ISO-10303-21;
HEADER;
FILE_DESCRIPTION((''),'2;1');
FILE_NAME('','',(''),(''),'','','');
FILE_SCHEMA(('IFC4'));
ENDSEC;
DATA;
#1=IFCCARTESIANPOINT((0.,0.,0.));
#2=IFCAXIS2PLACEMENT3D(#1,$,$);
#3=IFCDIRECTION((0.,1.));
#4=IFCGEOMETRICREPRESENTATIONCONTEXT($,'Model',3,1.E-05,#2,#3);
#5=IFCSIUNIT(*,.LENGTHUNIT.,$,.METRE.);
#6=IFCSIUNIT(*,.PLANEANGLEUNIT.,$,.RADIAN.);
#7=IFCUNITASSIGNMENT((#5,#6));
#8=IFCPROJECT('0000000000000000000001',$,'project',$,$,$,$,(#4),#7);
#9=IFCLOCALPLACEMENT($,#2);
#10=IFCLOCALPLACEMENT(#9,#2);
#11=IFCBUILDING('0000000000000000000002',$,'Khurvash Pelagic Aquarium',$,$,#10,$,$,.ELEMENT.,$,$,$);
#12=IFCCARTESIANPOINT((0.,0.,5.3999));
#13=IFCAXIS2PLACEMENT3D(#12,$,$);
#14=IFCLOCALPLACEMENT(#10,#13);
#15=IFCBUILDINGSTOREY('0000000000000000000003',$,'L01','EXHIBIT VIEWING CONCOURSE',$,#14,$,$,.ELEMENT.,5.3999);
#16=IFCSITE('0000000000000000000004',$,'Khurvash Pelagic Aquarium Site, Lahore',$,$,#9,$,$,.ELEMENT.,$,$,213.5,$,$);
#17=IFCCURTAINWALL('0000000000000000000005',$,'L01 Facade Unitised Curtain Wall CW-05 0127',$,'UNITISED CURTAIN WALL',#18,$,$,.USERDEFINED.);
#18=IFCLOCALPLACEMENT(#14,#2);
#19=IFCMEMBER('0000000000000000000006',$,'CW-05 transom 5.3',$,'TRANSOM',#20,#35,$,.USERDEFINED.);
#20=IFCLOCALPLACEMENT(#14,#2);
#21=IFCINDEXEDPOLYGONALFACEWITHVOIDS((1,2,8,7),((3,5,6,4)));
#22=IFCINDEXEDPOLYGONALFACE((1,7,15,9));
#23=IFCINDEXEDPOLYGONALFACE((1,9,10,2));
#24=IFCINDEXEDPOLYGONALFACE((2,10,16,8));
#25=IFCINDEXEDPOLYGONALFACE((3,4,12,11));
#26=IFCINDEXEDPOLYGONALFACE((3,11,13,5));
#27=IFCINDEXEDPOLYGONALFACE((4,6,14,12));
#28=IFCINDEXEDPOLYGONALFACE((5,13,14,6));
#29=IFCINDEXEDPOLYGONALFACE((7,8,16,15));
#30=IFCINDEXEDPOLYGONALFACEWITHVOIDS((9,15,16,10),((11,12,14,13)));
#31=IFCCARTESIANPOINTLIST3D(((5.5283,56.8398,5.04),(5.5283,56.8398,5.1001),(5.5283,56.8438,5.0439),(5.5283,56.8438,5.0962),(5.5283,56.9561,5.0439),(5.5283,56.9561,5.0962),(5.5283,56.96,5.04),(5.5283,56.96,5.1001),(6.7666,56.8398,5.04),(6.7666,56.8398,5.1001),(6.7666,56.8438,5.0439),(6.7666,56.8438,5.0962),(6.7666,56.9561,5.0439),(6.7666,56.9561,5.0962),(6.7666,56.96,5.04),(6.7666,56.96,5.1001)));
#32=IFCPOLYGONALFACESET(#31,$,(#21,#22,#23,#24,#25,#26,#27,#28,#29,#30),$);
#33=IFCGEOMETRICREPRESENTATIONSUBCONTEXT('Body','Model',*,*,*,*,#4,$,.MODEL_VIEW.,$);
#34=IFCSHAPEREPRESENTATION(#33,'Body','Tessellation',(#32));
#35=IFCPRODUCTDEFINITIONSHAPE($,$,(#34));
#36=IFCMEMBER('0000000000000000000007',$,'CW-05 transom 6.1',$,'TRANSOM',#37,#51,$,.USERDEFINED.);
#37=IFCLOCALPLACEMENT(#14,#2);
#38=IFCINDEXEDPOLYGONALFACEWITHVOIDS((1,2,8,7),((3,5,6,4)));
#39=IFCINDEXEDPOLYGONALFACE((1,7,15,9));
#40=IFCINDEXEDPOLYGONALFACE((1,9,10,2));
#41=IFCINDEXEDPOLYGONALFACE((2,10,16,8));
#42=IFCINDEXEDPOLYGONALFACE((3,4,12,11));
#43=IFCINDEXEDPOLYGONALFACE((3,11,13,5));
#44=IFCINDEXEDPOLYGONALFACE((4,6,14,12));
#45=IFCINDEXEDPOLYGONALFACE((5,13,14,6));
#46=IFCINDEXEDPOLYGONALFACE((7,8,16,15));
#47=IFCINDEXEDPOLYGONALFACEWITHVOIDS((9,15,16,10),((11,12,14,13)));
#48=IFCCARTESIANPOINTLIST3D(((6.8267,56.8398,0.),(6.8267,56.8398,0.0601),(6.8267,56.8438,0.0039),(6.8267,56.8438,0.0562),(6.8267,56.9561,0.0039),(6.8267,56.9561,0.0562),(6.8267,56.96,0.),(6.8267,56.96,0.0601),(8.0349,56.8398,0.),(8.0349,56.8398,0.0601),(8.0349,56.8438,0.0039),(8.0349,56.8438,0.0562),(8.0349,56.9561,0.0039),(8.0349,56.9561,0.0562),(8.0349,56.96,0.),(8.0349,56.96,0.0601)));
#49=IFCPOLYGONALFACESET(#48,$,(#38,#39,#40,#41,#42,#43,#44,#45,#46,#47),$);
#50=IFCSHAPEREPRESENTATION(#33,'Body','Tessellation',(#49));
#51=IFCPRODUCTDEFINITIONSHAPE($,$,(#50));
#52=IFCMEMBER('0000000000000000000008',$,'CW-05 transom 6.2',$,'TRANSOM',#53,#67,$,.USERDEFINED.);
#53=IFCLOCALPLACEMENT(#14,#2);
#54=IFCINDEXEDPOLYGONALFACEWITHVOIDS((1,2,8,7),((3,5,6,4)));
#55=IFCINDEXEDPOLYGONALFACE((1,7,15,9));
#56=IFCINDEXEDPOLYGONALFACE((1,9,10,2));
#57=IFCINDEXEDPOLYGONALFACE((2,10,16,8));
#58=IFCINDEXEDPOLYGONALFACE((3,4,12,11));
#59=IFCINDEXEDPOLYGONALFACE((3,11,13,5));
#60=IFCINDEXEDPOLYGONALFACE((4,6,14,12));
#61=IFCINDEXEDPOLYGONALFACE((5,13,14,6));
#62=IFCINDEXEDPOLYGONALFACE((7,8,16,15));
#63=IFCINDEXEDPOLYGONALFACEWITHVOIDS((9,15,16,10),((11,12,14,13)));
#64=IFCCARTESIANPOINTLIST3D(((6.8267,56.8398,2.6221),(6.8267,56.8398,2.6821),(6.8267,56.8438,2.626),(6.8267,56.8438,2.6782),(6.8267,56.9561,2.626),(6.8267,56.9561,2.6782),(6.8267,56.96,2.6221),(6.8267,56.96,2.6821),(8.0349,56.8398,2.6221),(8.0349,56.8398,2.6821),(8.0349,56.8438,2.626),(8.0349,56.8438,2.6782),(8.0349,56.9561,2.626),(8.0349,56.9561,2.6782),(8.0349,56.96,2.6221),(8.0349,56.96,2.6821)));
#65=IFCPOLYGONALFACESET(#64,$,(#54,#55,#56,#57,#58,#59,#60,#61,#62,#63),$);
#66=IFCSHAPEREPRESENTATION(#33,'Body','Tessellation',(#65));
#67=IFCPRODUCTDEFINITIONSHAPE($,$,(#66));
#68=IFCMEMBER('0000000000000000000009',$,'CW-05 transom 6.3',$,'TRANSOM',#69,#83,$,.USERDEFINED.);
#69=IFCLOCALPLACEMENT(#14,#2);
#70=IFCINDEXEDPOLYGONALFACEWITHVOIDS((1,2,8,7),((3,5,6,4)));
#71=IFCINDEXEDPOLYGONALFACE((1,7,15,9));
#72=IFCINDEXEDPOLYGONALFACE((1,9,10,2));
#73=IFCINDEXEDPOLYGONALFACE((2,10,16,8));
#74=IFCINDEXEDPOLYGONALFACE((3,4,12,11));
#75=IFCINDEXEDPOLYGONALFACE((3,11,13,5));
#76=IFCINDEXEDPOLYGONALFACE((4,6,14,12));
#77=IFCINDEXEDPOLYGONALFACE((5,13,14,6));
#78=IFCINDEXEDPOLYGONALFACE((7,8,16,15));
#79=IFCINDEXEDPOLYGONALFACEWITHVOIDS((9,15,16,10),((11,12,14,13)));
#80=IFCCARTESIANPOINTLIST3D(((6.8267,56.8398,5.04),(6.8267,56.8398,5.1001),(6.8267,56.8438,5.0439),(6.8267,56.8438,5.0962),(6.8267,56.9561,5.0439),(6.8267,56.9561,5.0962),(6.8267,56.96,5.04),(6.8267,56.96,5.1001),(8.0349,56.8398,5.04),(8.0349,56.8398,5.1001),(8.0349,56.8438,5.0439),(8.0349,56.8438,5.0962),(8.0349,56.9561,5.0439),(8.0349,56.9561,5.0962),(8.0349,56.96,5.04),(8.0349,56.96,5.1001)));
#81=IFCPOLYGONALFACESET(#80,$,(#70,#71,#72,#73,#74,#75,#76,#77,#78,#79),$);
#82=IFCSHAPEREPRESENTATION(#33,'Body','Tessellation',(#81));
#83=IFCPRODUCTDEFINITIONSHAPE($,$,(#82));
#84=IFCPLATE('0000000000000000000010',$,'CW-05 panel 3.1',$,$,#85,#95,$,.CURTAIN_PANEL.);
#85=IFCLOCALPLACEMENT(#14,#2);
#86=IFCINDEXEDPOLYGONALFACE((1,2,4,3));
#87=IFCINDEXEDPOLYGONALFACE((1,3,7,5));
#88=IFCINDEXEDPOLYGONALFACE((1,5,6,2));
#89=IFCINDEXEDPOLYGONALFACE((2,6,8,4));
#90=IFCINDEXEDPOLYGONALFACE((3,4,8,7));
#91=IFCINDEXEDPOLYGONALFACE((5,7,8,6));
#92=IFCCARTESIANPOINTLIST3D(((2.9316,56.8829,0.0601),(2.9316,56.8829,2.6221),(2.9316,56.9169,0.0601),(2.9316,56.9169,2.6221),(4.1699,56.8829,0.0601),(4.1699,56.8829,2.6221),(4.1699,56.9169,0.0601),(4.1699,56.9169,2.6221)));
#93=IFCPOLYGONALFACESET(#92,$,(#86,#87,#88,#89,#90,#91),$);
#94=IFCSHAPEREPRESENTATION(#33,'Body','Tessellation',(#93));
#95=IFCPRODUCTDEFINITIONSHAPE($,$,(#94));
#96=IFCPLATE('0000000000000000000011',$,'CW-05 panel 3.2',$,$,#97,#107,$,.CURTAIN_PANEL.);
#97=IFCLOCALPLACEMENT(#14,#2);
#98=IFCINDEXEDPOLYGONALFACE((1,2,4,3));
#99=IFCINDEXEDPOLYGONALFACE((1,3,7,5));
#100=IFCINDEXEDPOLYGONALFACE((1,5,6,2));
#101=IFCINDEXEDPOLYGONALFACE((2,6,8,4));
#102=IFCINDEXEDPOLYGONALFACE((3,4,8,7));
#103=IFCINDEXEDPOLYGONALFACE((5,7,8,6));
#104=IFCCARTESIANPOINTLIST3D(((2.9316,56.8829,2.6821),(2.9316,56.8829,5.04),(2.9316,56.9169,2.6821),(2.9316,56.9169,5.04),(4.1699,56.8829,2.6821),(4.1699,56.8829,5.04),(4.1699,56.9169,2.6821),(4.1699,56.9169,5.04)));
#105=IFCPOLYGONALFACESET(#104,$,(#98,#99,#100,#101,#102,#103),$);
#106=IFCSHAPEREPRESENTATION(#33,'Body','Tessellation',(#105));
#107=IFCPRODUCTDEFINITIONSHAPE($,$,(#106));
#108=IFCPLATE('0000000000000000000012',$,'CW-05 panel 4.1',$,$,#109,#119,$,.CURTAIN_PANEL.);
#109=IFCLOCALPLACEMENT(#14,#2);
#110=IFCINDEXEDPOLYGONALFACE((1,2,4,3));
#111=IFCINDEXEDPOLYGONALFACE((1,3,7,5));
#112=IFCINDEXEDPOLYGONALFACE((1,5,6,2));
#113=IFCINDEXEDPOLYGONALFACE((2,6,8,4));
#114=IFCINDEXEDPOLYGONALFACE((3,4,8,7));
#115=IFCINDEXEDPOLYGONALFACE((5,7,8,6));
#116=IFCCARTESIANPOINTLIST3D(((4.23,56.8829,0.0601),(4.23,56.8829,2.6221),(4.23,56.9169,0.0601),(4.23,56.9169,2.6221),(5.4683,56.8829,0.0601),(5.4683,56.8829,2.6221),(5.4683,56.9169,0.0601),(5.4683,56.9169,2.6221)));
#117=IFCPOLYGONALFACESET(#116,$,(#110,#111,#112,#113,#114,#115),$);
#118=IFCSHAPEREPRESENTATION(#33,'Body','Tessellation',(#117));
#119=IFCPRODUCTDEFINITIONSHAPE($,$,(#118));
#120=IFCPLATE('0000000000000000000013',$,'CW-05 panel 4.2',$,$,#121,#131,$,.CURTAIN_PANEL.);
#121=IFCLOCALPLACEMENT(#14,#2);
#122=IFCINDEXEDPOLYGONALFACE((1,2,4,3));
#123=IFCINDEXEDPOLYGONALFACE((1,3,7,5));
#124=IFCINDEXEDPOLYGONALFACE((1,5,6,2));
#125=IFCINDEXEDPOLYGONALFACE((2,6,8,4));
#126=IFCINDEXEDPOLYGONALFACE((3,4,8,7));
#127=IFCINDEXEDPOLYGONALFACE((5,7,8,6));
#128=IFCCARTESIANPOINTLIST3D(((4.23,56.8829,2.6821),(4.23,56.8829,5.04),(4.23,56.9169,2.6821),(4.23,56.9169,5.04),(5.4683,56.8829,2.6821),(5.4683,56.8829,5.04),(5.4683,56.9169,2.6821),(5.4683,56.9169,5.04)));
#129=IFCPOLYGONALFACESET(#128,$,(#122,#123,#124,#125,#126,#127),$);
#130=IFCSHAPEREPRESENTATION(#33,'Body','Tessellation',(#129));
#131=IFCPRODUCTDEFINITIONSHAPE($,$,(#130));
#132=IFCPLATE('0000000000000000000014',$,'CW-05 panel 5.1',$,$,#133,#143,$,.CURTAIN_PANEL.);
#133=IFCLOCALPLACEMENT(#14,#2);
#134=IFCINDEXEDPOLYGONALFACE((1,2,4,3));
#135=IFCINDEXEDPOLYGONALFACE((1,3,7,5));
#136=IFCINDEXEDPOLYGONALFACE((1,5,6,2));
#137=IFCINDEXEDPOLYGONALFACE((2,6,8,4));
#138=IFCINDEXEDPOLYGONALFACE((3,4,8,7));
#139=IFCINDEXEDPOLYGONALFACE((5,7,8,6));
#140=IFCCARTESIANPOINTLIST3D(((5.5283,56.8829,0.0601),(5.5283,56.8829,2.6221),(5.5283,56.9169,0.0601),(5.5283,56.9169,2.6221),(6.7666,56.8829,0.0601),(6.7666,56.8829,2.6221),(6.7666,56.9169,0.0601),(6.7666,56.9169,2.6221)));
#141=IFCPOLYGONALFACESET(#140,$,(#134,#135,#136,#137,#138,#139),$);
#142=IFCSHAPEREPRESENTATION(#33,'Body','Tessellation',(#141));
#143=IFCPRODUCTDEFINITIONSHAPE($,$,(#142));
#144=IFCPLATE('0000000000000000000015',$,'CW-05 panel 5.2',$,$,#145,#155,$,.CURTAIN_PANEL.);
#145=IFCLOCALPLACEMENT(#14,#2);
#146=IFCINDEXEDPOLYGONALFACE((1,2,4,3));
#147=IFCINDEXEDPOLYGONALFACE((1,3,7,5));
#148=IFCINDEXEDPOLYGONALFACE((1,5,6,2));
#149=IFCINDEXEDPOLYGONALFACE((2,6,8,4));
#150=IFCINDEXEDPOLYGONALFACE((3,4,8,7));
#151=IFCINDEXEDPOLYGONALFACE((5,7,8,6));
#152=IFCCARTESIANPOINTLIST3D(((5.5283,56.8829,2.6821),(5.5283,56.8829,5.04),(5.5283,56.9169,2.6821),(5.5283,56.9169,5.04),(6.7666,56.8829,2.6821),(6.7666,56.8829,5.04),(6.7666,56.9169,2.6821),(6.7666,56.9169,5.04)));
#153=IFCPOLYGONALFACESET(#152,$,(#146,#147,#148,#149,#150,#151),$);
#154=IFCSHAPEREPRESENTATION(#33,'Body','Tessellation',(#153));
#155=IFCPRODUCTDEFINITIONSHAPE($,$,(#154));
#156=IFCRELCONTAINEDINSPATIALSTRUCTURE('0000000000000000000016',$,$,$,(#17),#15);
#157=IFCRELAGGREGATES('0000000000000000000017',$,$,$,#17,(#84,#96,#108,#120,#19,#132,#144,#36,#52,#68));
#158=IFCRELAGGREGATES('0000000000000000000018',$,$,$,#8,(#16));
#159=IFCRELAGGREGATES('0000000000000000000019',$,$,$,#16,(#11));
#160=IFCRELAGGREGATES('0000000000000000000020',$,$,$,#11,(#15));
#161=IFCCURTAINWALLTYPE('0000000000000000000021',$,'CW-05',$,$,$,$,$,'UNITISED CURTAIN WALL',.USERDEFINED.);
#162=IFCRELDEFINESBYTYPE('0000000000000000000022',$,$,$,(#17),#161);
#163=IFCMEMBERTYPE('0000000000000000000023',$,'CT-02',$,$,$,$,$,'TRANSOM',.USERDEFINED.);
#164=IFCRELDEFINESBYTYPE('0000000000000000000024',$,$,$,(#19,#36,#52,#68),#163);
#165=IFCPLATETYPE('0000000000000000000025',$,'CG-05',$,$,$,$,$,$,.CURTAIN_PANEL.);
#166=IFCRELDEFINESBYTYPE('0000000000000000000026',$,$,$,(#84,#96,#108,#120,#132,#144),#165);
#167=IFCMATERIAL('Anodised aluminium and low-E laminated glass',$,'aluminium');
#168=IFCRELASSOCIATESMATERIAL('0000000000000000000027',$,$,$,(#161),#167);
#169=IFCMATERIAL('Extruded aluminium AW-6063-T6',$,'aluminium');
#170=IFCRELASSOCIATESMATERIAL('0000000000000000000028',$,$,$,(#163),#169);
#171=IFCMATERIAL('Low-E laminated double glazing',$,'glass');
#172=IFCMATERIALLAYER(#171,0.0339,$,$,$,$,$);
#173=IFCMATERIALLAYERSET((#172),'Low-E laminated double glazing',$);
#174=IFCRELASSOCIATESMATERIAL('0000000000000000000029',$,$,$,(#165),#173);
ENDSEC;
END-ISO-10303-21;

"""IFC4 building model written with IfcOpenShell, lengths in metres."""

from ifc_helpers import new_model, si_unit, direction, frame, origin, origin_2d, place, context, subcontext, project, spatial, rectangle, hollow_rectangle, extrude, material, layer, layer_set, material_profile, profile_set, type_object, element, aggregate, save


model = new_model("IFC4")

# Units and contexts
model_context = context("Model", 3, precision=1e-05, world=origin(), true_north=direction((0.0, 1.0)))
body_context = subcontext(model_context, "Body", "Model", "MODEL_VIEW")
ifc_project = project(units=[si_unit("LENGTHUNIT", "METRE"), si_unit("PLANEANGLEUNIT", "RADIAN")], contexts=[model_context])

# Site, building, storey
site_placement = place(None, origin())
site = spatial("IfcSite", under=ifc_project, at=site_placement, Name="Khurvash Pelagic Aquarium Site, Lahore", CompositionType="ELEMENT", RefElevation=213.5)
building_placement = place(site_placement, origin())
building = spatial("IfcBuilding", under=site, at=building_placement, Name="Khurvash Pelagic Aquarium", CompositionType="ELEMENT")
storey_placement = place(building_placement, frame((0.0, 0.0, 5.3999)))
storey = spatial("IfcBuildingStorey", under=building, at=storey_placement, Name="L01", Description="EXHIBIT VIEWING CONCOURSE", CompositionType="ELEMENT", Elevation=5.3999)

# Curtain wall, members, plates
ifc_material_1 = material(Name="Anodised aluminium and low-E laminated glass", Category="aluminium")
curtain_wall_type = type_object("IfcCurtainWallType", Name="CW-05", ElementType="UNITISED CURTAIN WALL", PredefinedType="USERDEFINED", material=ifc_material_1)
curtain_wall_placement = place(storey_placement, origin())
curtain_wall = element("IfcCurtainWall", 1, at=curtain_wall_placement, inside=storey, type_object=curtain_wall_type, Name="L01 Facade Unitised Curtain Wall CW-05 0127", ObjectType="UNITISED CURTAIN WALL", PredefinedType="USERDEFINED")
ifc_material_2 = material(Name="Extruded aluminium AW-6063-T6", Category="aluminium")
ifc_material_profile_1 = material_profile(ifc_material_2, hollow_rectangle(XDim=0.1201, YDim=0.0601, WallThickness=0.0039, at=origin_2d()), Name="CWT120X60X4")
ifc_profile_set_1 = profile_set([ifc_material_profile_1], Name="Extruded aluminium AW-6063-T6")
member_type_1 = type_object("IfcMemberType", Name="CT-02", ElementType="TRANSOM", PredefinedType="USERDEFINED", material=ifc_profile_set_1)
member_1_placement = place(storey_placement, frame((5.5283, 56.8999, 5.0701), z_axis=(1.0, 0.0, 0.0), x_axis=(0.0, 1.0, 0.0)))
member_1 = element("IfcMember", 2, at=member_1_placement, type_object=member_type_1, Name="CW-05 transom 5.3", ObjectType="TRANSOM", PredefinedType="USERDEFINED", context=body_context, shape_type="SweptSolid", body=[
    extrude(hollow_rectangle(XDim=0.1201, YDim=0.0601, WallThickness=0.0039, at=origin_2d()), origin(), (0.0, 0.0, 1.0), 1.2383),
])
member_2_placement = place(storey_placement, frame((6.8267, 56.8999, 0.03), z_axis=(1.0, 0.0, 0.0), x_axis=(0.0, 1.0, 0.0)))
member_2 = element("IfcMember", 3, at=member_2_placement, type_object=member_type_1, Name="CW-05 transom 6.1", ObjectType="TRANSOM", PredefinedType="USERDEFINED", context=body_context, shape_type="SweptSolid", body=[
    extrude(hollow_rectangle(XDim=0.1201, YDim=0.0601, WallThickness=0.0039, at=origin_2d()), origin(), (0.0, 0.0, 1.0), 1.2083),
])
member_3_placement = place(storey_placement, frame((6.8267, 56.8999, 2.6521), z_axis=(1.0, 0.0, 0.0), x_axis=(0.0, 1.0, 0.0)))
member_3 = element("IfcMember", 4, at=member_3_placement, type_object=member_type_1, Name="CW-05 transom 6.2", ObjectType="TRANSOM", PredefinedType="USERDEFINED", context=body_context, shape_type="SweptSolid", body=[
    extrude(hollow_rectangle(XDim=0.1201, YDim=0.0601, WallThickness=0.0039, at=origin_2d()), origin(), (0.0, 0.0, 1.0), 1.2083),
])
member_4_placement = place(storey_placement, frame((6.8267, 56.8999, 5.0701), z_axis=(1.0, 0.0, 0.0), x_axis=(0.0, 1.0, 0.0)))
member_4 = element("IfcMember", 5, at=member_4_placement, type_object=member_type_1, Name="CW-05 transom 6.3", ObjectType="TRANSOM", PredefinedType="USERDEFINED", context=body_context, shape_type="SweptSolid", body=[
    extrude(hollow_rectangle(XDim=0.1201, YDim=0.0601, WallThickness=0.0039, at=origin_2d()), origin(), (0.0, 0.0, 1.0), 1.2083),
])
ifc_material_3 = material(Name="Low-E laminated double glazing", Category="glass")
ifc_layer = layer(ifc_material_3, 0.0339)
ifc_layer_set = layer_set([ifc_layer], Name="Low-E laminated double glazing")
plate_type = type_object("IfcPlateType", Name="CG-05", PredefinedType="CURTAIN_PANEL", material=ifc_layer_set)
plate_1_placement = place(storey_placement, frame((3.5508, 56.8999, 0.0601), z_axis=(0.0, 0.0, 1.0), x_axis=(1.0, 0.0, 0.0)))
plate_1 = element("IfcPlate", 6, at=plate_1_placement, type_object=plate_type, Name="CW-05 panel 3.1", PredefinedType="CURTAIN_PANEL", context=body_context, shape_type="SweptSolid", body=[
    extrude(rectangle(XDim=1.2383, YDim=0.0339, at=origin_2d()), origin(), (0.0, 0.0, 1.0), 2.562),
])
plate_2_placement = place(storey_placement, frame((3.5508, 56.8999, 2.6821), z_axis=(0.0, 0.0, 1.0), x_axis=(1.0, 0.0, 0.0)))
plate_2 = element("IfcPlate", 7, at=plate_2_placement, type_object=plate_type, Name="CW-05 panel 3.2", PredefinedType="CURTAIN_PANEL", context=body_context, shape_type="SweptSolid", body=[
    extrude(rectangle(XDim=1.2383, YDim=0.0339, at=origin_2d()), origin(), (0.0, 0.0, 1.0), 2.3579),
])
plate_3_placement = place(storey_placement, frame((4.8491, 56.8999, 0.0601), z_axis=(0.0, 0.0, 1.0), x_axis=(1.0, 0.0, 0.0)))
plate_3 = element("IfcPlate", 8, at=plate_3_placement, type_object=plate_type, Name="CW-05 panel 4.1", PredefinedType="CURTAIN_PANEL", context=body_context, shape_type="SweptSolid", body=[
    extrude(rectangle(XDim=1.2383, YDim=0.0339, at=origin_2d()), origin(), (0.0, 0.0, 1.0), 2.562),
])
plate_4_placement = place(storey_placement, frame((4.8491, 56.8999, 2.6821), z_axis=(0.0, 0.0, 1.0), x_axis=(1.0, 0.0, 0.0)))
plate_4 = element("IfcPlate", 9, at=plate_4_placement, type_object=plate_type, Name="CW-05 panel 4.2", PredefinedType="CURTAIN_PANEL", context=body_context, shape_type="SweptSolid", body=[
    extrude(rectangle(XDim=1.2383, YDim=0.0339, at=origin_2d()), origin(), (0.0, 0.0, 1.0), 2.3579),
])
plate_5_placement = place(storey_placement, frame((6.1475, 56.8999, 0.0601), z_axis=(0.0, 0.0, 1.0), x_axis=(1.0, 0.0, 0.0)))
plate_5 = element("IfcPlate", 10, at=plate_5_placement, type_object=plate_type, Name="CW-05 panel 5.1", PredefinedType="CURTAIN_PANEL", context=body_context, shape_type="SweptSolid", body=[
    extrude(rectangle(XDim=1.2383, YDim=0.0339, at=origin_2d()), origin(), (0.0, 0.0, 1.0), 2.562),
])
plate_6_placement = place(storey_placement, frame((6.1475, 56.8999, 2.6821), z_axis=(0.0, 0.0, 1.0), x_axis=(1.0, 0.0, 0.0)))
plate_6 = element("IfcPlate", 11, at=plate_6_placement, type_object=plate_type, Name="CW-05 panel 5.2", PredefinedType="CURTAIN_PANEL", context=body_context, shape_type="SweptSolid", body=[
    extrude(rectangle(XDim=1.2383, YDim=0.0339, at=origin_2d()), origin(), (0.0, 0.0, 1.0), 2.3579),
])
aggregate(curtain_wall, [plate_1, plate_2, plate_3, plate_4, member_1, plate_5, plate_6, member_2, member_3, member_4])

save(model, "model.ifc")
